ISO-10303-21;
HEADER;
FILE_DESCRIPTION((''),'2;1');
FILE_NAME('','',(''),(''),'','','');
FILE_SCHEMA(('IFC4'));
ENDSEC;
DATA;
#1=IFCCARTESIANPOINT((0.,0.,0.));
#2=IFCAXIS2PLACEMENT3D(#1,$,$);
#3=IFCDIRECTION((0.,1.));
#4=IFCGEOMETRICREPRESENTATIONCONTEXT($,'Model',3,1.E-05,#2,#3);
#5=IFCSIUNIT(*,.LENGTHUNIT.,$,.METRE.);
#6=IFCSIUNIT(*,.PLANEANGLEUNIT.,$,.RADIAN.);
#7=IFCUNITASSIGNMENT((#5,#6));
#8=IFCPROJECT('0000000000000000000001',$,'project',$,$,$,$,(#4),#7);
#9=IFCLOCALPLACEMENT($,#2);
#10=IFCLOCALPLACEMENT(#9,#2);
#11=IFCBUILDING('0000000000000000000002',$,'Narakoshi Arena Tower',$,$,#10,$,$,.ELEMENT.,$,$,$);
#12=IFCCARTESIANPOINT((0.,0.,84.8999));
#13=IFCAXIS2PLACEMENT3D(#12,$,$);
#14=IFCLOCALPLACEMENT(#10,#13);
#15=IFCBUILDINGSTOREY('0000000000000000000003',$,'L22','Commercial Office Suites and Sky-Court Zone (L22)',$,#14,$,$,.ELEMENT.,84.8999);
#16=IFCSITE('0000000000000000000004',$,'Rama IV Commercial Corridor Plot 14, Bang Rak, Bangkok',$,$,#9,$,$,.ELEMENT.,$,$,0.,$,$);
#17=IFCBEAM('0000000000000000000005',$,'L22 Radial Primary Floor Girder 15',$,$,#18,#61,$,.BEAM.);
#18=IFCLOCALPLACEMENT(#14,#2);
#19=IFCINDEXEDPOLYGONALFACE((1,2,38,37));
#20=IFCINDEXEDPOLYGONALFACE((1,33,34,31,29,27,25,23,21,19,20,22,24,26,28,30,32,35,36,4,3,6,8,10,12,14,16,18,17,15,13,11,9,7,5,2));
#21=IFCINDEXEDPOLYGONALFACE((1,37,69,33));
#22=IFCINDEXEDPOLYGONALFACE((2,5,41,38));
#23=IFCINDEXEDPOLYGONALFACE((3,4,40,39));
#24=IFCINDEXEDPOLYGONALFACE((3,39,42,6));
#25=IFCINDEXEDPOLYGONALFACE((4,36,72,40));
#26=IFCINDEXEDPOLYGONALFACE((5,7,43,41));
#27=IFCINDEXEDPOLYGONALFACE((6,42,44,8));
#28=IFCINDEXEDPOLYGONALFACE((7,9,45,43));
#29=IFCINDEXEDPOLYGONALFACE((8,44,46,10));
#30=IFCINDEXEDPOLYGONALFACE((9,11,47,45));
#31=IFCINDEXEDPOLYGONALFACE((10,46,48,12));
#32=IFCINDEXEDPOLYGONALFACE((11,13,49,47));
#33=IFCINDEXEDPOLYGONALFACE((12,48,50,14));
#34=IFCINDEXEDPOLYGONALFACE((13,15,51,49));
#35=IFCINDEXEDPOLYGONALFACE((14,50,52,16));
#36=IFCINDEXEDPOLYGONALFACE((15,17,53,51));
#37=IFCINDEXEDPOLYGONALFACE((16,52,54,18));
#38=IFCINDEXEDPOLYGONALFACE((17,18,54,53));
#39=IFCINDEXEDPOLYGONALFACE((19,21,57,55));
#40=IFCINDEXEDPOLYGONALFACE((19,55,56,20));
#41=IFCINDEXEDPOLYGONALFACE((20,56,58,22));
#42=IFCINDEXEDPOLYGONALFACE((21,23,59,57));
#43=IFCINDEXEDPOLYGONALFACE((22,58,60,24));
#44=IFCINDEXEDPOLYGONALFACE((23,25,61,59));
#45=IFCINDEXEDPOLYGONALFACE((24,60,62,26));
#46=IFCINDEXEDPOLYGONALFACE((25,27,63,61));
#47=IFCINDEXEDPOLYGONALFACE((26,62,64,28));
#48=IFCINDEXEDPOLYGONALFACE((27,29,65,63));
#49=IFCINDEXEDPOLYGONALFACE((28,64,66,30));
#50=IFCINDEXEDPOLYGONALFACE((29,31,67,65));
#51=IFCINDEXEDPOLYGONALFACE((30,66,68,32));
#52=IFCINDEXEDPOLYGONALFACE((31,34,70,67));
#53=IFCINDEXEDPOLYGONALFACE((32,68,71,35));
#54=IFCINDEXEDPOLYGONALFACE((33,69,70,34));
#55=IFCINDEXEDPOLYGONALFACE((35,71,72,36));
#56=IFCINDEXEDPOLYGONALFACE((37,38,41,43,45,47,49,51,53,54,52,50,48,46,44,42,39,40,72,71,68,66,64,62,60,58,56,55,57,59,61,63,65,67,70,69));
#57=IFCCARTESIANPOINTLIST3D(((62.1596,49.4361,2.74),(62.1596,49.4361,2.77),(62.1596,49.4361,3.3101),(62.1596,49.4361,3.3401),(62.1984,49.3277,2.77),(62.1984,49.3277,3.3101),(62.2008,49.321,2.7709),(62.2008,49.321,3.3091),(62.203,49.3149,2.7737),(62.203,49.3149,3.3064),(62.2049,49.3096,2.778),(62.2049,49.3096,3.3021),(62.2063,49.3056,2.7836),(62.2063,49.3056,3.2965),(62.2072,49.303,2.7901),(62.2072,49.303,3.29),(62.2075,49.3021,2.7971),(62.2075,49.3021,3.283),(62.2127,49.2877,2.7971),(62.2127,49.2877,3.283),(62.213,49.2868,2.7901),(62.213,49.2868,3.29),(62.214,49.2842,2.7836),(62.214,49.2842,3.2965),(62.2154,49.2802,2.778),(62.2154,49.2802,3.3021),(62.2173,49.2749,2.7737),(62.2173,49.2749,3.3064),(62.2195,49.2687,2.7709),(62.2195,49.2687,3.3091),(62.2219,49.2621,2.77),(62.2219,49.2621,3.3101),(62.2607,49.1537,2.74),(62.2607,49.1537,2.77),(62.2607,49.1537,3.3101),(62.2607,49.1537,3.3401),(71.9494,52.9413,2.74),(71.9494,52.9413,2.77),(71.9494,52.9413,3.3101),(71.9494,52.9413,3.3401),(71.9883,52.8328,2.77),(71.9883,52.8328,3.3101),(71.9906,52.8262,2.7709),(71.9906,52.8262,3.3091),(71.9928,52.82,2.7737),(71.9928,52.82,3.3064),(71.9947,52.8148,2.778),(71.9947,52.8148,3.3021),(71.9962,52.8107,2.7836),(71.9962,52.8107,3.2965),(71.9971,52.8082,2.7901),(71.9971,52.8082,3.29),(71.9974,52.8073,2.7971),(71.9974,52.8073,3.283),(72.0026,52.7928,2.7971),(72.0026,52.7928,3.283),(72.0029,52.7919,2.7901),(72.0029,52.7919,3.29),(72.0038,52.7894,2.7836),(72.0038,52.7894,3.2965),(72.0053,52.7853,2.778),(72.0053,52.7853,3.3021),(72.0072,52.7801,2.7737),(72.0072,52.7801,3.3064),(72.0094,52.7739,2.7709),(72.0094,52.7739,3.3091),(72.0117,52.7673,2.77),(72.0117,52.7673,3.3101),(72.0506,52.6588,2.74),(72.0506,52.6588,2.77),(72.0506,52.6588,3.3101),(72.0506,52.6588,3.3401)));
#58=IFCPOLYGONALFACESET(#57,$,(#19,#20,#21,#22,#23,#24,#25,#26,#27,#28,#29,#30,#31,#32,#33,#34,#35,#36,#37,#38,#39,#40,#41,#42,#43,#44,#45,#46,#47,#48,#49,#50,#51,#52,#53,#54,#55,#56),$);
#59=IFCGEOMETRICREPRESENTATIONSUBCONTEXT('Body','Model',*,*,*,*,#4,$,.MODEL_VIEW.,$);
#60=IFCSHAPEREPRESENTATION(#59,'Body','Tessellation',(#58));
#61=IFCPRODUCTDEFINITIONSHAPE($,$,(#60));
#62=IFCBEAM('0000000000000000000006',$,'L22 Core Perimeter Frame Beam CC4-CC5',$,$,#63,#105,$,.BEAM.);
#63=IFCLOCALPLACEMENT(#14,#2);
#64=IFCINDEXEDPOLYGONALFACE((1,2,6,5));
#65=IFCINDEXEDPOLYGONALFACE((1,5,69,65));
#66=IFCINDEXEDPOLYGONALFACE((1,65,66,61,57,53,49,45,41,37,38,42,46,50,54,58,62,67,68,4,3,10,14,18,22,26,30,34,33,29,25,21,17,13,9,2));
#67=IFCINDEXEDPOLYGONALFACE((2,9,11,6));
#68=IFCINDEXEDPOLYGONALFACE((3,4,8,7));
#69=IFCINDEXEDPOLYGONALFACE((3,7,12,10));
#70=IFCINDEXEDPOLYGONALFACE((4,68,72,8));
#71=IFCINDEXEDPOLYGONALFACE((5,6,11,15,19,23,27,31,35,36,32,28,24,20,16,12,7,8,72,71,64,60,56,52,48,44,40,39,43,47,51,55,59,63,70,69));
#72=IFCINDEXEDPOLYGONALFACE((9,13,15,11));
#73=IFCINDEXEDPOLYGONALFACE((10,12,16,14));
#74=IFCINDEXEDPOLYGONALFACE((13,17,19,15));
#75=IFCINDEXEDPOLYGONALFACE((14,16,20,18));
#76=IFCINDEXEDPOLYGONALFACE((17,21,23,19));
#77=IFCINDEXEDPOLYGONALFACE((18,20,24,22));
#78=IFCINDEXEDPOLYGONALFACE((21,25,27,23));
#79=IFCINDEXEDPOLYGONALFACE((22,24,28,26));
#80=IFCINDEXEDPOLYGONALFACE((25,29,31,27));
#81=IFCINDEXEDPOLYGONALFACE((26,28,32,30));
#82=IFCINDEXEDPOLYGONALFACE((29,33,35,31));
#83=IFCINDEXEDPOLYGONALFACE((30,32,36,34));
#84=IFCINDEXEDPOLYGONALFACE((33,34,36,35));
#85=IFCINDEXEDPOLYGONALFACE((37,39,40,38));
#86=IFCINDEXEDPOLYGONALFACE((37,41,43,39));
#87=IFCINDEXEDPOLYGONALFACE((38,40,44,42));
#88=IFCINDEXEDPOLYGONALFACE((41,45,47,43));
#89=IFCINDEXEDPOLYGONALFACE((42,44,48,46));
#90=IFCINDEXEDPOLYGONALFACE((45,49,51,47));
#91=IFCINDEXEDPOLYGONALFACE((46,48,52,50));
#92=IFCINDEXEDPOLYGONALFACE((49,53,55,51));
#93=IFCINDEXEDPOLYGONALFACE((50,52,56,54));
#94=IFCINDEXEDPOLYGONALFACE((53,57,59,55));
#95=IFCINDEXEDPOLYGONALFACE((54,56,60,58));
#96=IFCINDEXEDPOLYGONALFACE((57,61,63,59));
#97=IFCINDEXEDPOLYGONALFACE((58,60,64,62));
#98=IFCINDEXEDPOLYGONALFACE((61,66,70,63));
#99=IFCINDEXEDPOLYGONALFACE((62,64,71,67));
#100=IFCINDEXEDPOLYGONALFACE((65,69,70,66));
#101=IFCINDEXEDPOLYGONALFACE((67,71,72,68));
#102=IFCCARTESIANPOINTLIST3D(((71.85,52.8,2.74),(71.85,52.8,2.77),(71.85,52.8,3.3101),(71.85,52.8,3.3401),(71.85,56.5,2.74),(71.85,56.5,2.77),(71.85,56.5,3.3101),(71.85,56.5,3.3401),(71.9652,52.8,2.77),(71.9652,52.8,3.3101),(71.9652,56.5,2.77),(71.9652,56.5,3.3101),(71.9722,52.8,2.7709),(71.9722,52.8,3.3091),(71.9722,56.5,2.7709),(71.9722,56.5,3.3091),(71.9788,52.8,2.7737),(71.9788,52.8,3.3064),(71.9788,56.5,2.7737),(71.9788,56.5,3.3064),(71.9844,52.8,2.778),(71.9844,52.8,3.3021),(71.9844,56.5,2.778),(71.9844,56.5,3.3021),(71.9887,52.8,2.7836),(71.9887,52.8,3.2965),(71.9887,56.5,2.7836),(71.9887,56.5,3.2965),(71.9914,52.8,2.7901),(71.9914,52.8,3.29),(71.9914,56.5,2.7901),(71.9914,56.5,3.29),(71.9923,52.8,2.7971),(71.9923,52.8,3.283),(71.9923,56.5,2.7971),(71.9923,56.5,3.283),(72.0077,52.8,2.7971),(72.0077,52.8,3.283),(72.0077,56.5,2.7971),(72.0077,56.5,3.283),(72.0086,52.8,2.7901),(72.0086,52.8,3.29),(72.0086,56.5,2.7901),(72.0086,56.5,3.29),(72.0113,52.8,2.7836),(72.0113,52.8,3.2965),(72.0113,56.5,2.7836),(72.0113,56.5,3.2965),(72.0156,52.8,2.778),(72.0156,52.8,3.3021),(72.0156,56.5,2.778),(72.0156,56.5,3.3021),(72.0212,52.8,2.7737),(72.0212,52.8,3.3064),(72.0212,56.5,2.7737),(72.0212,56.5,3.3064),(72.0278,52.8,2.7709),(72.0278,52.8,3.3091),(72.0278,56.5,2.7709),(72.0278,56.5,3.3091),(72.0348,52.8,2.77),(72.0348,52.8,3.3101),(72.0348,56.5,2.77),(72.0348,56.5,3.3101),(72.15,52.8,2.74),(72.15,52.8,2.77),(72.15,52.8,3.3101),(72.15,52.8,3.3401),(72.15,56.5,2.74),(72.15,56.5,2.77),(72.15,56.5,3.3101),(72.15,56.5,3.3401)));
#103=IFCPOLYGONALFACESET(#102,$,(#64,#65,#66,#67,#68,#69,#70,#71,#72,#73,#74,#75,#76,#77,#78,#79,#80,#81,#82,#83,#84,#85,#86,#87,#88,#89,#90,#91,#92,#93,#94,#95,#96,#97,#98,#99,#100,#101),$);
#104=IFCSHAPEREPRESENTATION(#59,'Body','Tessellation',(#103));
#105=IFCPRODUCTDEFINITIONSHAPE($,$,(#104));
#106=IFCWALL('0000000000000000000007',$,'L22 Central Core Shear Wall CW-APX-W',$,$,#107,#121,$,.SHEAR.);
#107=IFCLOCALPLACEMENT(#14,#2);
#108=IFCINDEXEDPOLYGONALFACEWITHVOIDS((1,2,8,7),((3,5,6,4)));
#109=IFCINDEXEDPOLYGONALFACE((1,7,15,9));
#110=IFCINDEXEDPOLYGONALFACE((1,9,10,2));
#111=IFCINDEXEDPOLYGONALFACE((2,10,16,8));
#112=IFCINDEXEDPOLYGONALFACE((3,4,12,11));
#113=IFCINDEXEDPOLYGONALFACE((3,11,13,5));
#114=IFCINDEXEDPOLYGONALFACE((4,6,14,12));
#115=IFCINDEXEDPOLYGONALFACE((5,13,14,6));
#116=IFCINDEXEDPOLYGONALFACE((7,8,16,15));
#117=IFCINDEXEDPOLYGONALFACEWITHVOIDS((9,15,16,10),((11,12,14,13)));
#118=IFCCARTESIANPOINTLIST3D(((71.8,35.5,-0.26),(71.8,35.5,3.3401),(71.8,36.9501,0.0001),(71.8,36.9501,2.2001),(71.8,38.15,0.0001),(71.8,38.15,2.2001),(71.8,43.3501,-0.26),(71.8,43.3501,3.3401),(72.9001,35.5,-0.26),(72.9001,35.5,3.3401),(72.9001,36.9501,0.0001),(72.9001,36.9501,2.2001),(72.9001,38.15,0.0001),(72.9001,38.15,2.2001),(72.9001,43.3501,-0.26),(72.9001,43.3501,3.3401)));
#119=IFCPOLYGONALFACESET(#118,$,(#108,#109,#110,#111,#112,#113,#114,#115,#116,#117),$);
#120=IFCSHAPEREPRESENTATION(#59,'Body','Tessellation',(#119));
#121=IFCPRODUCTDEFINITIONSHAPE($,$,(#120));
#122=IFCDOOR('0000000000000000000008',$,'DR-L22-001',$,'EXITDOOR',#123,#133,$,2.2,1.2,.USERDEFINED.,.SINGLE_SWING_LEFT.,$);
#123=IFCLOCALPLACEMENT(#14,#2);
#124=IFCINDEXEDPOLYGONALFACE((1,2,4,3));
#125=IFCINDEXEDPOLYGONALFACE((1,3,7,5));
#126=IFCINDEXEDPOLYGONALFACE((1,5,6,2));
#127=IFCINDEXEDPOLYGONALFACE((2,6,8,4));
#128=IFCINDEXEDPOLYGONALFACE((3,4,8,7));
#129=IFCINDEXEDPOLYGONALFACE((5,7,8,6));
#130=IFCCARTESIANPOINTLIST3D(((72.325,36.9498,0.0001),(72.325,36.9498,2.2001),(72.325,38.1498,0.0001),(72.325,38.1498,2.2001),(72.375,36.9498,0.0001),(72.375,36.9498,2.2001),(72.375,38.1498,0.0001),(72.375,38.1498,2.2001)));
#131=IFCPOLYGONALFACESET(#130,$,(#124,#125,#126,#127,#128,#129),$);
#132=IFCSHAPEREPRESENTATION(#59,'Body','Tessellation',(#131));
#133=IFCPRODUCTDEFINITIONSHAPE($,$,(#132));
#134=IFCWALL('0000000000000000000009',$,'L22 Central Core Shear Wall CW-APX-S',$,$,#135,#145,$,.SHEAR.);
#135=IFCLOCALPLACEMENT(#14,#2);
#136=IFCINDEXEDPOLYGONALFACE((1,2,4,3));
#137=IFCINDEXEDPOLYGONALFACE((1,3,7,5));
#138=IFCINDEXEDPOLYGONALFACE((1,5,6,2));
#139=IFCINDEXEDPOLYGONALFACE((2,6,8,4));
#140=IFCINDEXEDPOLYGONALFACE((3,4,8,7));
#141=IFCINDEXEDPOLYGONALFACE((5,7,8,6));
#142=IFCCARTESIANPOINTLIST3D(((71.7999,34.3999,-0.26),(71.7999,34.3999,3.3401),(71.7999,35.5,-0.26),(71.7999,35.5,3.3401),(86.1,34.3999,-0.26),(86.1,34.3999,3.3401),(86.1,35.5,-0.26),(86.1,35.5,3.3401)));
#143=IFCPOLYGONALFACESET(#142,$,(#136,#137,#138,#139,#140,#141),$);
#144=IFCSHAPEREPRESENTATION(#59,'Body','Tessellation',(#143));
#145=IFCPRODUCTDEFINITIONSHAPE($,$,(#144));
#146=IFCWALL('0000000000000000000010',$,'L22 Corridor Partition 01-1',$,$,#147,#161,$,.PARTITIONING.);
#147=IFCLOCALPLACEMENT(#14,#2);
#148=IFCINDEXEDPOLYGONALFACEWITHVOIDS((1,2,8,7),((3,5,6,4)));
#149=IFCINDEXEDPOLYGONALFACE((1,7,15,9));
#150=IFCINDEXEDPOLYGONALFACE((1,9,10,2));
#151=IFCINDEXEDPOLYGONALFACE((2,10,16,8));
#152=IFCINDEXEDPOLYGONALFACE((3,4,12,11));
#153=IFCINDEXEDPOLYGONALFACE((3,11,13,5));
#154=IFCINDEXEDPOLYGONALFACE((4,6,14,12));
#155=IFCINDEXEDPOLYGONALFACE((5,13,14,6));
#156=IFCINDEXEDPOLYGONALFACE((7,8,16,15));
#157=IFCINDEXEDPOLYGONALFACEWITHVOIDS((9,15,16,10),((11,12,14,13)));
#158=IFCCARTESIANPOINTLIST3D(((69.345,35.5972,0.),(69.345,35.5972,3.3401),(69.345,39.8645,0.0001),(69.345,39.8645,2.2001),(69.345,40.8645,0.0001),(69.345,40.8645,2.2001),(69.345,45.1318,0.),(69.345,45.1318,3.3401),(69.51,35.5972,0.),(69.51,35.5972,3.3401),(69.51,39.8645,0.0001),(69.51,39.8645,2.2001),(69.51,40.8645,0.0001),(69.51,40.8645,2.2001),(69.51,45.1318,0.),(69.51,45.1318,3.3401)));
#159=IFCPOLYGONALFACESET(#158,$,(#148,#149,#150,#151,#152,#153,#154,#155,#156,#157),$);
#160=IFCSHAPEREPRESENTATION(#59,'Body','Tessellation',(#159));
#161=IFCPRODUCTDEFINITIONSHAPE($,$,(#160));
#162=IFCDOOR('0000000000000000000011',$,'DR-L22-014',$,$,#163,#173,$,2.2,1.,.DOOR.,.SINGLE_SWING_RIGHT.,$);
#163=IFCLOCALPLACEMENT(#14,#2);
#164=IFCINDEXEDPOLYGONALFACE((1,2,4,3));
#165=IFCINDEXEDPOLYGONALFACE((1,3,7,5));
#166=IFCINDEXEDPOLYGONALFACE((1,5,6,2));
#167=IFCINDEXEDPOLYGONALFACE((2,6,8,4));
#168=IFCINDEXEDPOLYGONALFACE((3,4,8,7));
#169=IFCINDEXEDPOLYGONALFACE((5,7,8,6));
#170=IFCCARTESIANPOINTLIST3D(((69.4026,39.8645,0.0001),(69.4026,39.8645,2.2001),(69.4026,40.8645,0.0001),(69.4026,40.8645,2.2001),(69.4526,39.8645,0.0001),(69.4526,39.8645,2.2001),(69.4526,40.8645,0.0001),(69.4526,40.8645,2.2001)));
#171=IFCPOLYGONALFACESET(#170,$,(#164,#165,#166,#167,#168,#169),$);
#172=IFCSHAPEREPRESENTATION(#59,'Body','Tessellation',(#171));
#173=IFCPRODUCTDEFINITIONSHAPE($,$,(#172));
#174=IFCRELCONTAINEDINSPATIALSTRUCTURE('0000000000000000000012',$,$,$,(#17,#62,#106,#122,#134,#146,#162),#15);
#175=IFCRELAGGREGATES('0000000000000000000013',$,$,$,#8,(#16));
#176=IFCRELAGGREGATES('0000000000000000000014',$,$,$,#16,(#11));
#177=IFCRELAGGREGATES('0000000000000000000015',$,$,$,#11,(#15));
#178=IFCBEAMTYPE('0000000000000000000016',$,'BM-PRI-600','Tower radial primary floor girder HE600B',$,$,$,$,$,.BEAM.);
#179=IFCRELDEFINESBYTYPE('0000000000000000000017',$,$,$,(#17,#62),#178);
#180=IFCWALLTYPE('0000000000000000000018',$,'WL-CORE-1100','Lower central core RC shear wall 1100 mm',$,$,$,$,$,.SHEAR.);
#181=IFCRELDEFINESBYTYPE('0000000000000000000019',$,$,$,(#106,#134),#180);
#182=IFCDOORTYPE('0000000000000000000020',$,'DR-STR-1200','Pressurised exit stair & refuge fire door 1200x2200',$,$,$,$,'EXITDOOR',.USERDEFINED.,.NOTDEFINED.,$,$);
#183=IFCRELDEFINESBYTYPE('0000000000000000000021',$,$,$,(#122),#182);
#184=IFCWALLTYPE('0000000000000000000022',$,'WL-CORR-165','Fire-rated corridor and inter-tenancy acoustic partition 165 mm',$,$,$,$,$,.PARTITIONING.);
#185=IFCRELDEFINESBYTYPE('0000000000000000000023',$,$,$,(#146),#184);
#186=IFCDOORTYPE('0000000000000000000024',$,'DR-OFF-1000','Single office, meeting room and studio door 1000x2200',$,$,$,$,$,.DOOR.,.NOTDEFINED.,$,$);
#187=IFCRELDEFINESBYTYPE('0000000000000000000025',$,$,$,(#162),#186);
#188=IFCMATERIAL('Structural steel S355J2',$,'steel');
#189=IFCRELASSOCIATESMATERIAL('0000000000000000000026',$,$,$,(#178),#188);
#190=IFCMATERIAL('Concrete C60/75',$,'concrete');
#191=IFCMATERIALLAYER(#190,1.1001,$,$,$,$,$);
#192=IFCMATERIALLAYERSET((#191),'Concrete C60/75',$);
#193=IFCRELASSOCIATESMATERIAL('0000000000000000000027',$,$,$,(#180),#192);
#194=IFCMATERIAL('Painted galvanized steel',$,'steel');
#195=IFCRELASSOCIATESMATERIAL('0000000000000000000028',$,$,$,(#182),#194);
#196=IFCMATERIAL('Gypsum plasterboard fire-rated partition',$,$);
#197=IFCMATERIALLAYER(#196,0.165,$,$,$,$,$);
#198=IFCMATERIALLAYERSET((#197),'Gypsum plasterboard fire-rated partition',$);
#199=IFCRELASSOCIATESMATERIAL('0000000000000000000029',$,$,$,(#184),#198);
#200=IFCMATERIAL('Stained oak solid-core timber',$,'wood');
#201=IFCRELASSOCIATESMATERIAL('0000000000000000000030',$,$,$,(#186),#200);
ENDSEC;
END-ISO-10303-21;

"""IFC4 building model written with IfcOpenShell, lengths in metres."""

from ifc_helpers import new_model, si_unit, direction, frame, frame_2d, origin, origin_2d, place, context, subcontext, project, spatial, rectangle, i_section, extrude, material, layer, layer_set, material_profile, profile_set, type_object, element, fill, save


model = new_model("IFC4")

# Units and contexts
model_context = context("Model", 3, precision=1e-05, world=origin(), true_north=direction((0.0, 1.0)))
body_context = subcontext(model_context, "Body", "Model", "MODEL_VIEW")
ifc_project = project(units=[si_unit("LENGTHUNIT", "METRE"), si_unit("PLANEANGLEUNIT", "RADIAN")], contexts=[model_context])

# Site, building, storey
site_placement = place(None, origin())
site = spatial("IfcSite", under=ifc_project, at=site_placement, Name="Rama IV Commercial Corridor Plot 14, Bang Rak, Bangkok", CompositionType="ELEMENT", RefElevation=0.0)
building_placement = place(site_placement, origin())
building = spatial("IfcBuilding", under=site, at=building_placement, Name="Narakoshi Arena Tower", CompositionType="ELEMENT")
storey_placement = place(building_placement, frame((0.0, 0.0, 84.8999)))
storey = spatial("IfcBuildingStorey", under=building, at=storey_placement, Name="L22", Description="Commercial Office Suites and Sky-Court Zone (L22)", CompositionType="ELEMENT", Elevation=84.8999)

# Shared definitions
ifc_material_1 = material(Name="Concrete C60/75", Category="concrete")

# Beams
ifc_material_2 = material(Name="Structural steel S355J2", Category="steel")
ifc_material_profile_1 = material_profile(ifc_material_2, i_section(OverallWidth=0.3, OverallDepth=0.6001, WebThickness=0.0154, FlangeThickness=0.03, FilletRadius=0.0271, at=origin_2d()), Name="HE600B")
ifc_profile_set_1 = profile_set([ifc_material_profile_1], Name="Structural steel S355J2")
beam_type = type_object("IfcBeamType", Name="BM-PRI-600", Description="Tower radial primary floor girder HE600B", PredefinedType="BEAM", material=ifc_profile_set_1)
beam_1_placement = place(storey_placement, frame((72.0, 52.8, 3.04), z_axis=(-0.941474, -0.337084, 0.0), x_axis=(0.337084, -0.941474, 0.0)))
element("IfcBeam", 1, at=beam_1_placement, inside=storey, type_object=beam_type, Name="L22 Radial Primary Floor Girder 15", PredefinedType="BEAM", context=body_context, shape_type="SweptSolid", body=[
    extrude(i_section(OverallWidth=0.3, OverallDepth=0.6001, WebThickness=0.0154, FlangeThickness=0.03, FilletRadius=0.0271, at=origin_2d()), origin(), (0.0, 0.0, 1.0), 10.3984),
])
beam_2_placement = place(storey_placement, frame((72.0, 52.8, 3.04), z_axis=(0.0, 1.0, 0.0), x_axis=(-1.0, 0.0, 0.0)))
element("IfcBeam", 2, at=beam_2_placement, inside=storey, type_object=beam_type, Name="L22 Core Perimeter Frame Beam CC4-CC5", PredefinedType="BEAM", context=body_context, shape_type="SweptSolid", body=[
    extrude(i_section(OverallWidth=0.3, OverallDepth=0.6001, WebThickness=0.0154, FlangeThickness=0.03, FilletRadius=0.0271, at=origin_2d()), origin(), (0.0, 0.0, 1.0), 3.7),
])

# Wall, opening, door
ifc_layer_1 = layer(ifc_material_1, 1.1001)
ifc_layer_set_1 = layer_set([ifc_layer_1], Name="Concrete C60/75")
wall_type_1 = type_object("IfcWallType", Name="WL-CORE-1100", Description="Lower central core RC shear wall 1100 mm", PredefinedType="SHEAR", material=ifc_layer_set_1)
wall_1_placement = place(storey_placement, frame((72.3501, 35.5, -0.26), z_axis=(0.0, 0.0, 1.0), x_axis=(0.0, 1.0, 0.0)))
wall_1 = element("IfcWall", 3, at=wall_1_placement, inside=storey, type_object=wall_type_1, Name="L22 Central Core Shear Wall CW-APX-W", PredefinedType="SHEAR", context=body_context, shape_type="SweptSolid", body=[
    extrude(rectangle(XDim=7.8501, YDim=1.1001, at=frame_2d((3.925, 0.0))), origin(), (0.0, 0.0, 1.0), 3.6001),
])
opening_1_placement = place(wall_1_placement, frame((1.45, 0.0, 0.26)))
opening_1 = element("IfcOpeningElement", 4, at=opening_1_placement, cuts=wall_1, PredefinedType="OPENING", context=body_context, shape_type="SweptSolid", body=[
    extrude(rectangle(XDim=1.2, YDim=2.2, at=frame_2d((0.6001, 1.1001))), frame((0.0, 0.5601, 0.0), z_axis=(0.0, -1.0, 0.0), x_axis=(1.0, 0.0, 0.0)), (0.0, 0.0, 1.0), 1.1201),
])
ifc_material_3 = material(Name="Painted galvanized steel", Category="steel")
door_type_1 = type_object("IfcDoorType", Name="DR-STR-1200", Description="Pressurised exit stair & refuge fire door 1200x2200", ElementType="EXITDOOR", OperationType="NOTDEFINED", PredefinedType="USERDEFINED", material=ifc_material_3)
door_1_placement = place(opening_1_placement, frame((1.2, 0.0, 0.0), z_axis=(0.0, 0.0, 1.0), x_axis=(-1.0, 0.0, 0.0)))
door_1 = element("IfcDoor", 5, at=door_1_placement, inside=storey, type_object=door_type_1, Name="DR-L22-001", ObjectType="EXITDOOR", OperationType="SINGLE_SWING_LEFT", OverallHeight=2.2, OverallWidth=1.2, PredefinedType="USERDEFINED", context=body_context, shape_type="SweptSolid", body=[
    extrude(rectangle(XDim=1.2, YDim=2.2, at=frame_2d((0.6001, 1.1001))), frame((0.0, 0.0249, 0.0), z_axis=(0.0, -1.0, 0.0), x_axis=(1.0, 0.0, 0.0)), (0.0, 0.0, 1.0), 0.05),
])
fill(opening_1, door_1)

# Wall
wall_2_placement = place(storey_placement, frame((71.8, 34.95, -0.26), z_axis=(0.0, 0.0, 1.0), x_axis=(1.0, 0.0, 0.0)))
element("IfcWall", 6, at=wall_2_placement, inside=storey, type_object=wall_type_1, Name="L22 Central Core Shear Wall CW-APX-S", PredefinedType="SHEAR", context=body_context, shape_type="SweptSolid", body=[
    extrude(rectangle(XDim=14.3, YDim=1.1001, at=frame_2d((7.1499, 0.0))), origin(), (0.0, 0.0, 1.0), 3.6001),
])

# Wall, opening, door
ifc_material_4 = material(Name="Gypsum plasterboard fire-rated partition")
ifc_layer_2 = layer(ifc_material_4, 0.165)
ifc_layer_set_2 = layer_set([ifc_layer_2], Name="Gypsum plasterboard fire-rated partition")
wall_type_2 = type_object("IfcWallType", Name="WL-CORR-165", Description="Fire-rated corridor and inter-tenancy acoustic partition 165 mm", PredefinedType="PARTITIONING", material=ifc_layer_set_2)
wall_3_placement = place(storey_placement, frame((69.4275, 45.1318, 0.0), z_axis=(0.0, 0.0, 1.0), x_axis=(0.0, -1.0, 0.0)))
wall_3 = element("IfcWall", 7, at=wall_3_placement, inside=storey, type_object=wall_type_2, Name="L22 Corridor Partition 01-1", PredefinedType="PARTITIONING", context=body_context, shape_type="SweptSolid", body=[
    extrude(rectangle(XDim=9.5347, YDim=0.165, at=frame_2d((4.7673, 0.0))), origin(), (0.0, 0.0, 1.0), 3.3401),
])
opening_2_placement = place(wall_3_placement, frame((4.2673, 0.0, 0.0)))
opening_2 = element("IfcOpeningElement", 8, at=opening_2_placement, cuts=wall_3, PredefinedType="OPENING", context=body_context, shape_type="SweptSolid", body=[
    extrude(rectangle(XDim=1.0, YDim=2.2, at=frame_2d((0.5, 1.1001))), frame((0.0, 0.0925, 0.0), z_axis=(0.0, -1.0, 0.0), x_axis=(1.0, 0.0, 0.0)), (0.0, 0.0, 1.0), 0.1851),
])
ifc_material_5 = material(Name="Stained oak solid-core timber", Category="wood")
door_type_2 = type_object("IfcDoorType", Name="DR-OFF-1000", Description="Single office, meeting room and studio door 1000x2200", OperationType="NOTDEFINED", PredefinedType="DOOR", material=ifc_material_5)
door_2_placement = place(opening_2_placement, frame((1.0, 0.0, 0.0), z_axis=(0.0, 0.0, 1.0), x_axis=(-1.0, 0.0, 0.0)))
door_2 = element("IfcDoor", 9, at=door_2_placement, inside=storey, type_object=door_type_2, Name="DR-L22-014", OperationType="SINGLE_SWING_RIGHT", OverallHeight=2.2, OverallWidth=1.0, PredefinedType="DOOR", context=body_context, shape_type="SweptSolid", body=[
    extrude(rectangle(XDim=1.0, YDim=2.2, at=frame_2d((0.5, 1.1001))), frame((0.0, 0.0249, 0.0), z_axis=(0.0, -1.0, 0.0), x_axis=(1.0, 0.0, 0.0)), (0.0, 0.0, 1.0), 0.05),
])
fill(opening_2, door_2)

save(model, "model.ifc")
